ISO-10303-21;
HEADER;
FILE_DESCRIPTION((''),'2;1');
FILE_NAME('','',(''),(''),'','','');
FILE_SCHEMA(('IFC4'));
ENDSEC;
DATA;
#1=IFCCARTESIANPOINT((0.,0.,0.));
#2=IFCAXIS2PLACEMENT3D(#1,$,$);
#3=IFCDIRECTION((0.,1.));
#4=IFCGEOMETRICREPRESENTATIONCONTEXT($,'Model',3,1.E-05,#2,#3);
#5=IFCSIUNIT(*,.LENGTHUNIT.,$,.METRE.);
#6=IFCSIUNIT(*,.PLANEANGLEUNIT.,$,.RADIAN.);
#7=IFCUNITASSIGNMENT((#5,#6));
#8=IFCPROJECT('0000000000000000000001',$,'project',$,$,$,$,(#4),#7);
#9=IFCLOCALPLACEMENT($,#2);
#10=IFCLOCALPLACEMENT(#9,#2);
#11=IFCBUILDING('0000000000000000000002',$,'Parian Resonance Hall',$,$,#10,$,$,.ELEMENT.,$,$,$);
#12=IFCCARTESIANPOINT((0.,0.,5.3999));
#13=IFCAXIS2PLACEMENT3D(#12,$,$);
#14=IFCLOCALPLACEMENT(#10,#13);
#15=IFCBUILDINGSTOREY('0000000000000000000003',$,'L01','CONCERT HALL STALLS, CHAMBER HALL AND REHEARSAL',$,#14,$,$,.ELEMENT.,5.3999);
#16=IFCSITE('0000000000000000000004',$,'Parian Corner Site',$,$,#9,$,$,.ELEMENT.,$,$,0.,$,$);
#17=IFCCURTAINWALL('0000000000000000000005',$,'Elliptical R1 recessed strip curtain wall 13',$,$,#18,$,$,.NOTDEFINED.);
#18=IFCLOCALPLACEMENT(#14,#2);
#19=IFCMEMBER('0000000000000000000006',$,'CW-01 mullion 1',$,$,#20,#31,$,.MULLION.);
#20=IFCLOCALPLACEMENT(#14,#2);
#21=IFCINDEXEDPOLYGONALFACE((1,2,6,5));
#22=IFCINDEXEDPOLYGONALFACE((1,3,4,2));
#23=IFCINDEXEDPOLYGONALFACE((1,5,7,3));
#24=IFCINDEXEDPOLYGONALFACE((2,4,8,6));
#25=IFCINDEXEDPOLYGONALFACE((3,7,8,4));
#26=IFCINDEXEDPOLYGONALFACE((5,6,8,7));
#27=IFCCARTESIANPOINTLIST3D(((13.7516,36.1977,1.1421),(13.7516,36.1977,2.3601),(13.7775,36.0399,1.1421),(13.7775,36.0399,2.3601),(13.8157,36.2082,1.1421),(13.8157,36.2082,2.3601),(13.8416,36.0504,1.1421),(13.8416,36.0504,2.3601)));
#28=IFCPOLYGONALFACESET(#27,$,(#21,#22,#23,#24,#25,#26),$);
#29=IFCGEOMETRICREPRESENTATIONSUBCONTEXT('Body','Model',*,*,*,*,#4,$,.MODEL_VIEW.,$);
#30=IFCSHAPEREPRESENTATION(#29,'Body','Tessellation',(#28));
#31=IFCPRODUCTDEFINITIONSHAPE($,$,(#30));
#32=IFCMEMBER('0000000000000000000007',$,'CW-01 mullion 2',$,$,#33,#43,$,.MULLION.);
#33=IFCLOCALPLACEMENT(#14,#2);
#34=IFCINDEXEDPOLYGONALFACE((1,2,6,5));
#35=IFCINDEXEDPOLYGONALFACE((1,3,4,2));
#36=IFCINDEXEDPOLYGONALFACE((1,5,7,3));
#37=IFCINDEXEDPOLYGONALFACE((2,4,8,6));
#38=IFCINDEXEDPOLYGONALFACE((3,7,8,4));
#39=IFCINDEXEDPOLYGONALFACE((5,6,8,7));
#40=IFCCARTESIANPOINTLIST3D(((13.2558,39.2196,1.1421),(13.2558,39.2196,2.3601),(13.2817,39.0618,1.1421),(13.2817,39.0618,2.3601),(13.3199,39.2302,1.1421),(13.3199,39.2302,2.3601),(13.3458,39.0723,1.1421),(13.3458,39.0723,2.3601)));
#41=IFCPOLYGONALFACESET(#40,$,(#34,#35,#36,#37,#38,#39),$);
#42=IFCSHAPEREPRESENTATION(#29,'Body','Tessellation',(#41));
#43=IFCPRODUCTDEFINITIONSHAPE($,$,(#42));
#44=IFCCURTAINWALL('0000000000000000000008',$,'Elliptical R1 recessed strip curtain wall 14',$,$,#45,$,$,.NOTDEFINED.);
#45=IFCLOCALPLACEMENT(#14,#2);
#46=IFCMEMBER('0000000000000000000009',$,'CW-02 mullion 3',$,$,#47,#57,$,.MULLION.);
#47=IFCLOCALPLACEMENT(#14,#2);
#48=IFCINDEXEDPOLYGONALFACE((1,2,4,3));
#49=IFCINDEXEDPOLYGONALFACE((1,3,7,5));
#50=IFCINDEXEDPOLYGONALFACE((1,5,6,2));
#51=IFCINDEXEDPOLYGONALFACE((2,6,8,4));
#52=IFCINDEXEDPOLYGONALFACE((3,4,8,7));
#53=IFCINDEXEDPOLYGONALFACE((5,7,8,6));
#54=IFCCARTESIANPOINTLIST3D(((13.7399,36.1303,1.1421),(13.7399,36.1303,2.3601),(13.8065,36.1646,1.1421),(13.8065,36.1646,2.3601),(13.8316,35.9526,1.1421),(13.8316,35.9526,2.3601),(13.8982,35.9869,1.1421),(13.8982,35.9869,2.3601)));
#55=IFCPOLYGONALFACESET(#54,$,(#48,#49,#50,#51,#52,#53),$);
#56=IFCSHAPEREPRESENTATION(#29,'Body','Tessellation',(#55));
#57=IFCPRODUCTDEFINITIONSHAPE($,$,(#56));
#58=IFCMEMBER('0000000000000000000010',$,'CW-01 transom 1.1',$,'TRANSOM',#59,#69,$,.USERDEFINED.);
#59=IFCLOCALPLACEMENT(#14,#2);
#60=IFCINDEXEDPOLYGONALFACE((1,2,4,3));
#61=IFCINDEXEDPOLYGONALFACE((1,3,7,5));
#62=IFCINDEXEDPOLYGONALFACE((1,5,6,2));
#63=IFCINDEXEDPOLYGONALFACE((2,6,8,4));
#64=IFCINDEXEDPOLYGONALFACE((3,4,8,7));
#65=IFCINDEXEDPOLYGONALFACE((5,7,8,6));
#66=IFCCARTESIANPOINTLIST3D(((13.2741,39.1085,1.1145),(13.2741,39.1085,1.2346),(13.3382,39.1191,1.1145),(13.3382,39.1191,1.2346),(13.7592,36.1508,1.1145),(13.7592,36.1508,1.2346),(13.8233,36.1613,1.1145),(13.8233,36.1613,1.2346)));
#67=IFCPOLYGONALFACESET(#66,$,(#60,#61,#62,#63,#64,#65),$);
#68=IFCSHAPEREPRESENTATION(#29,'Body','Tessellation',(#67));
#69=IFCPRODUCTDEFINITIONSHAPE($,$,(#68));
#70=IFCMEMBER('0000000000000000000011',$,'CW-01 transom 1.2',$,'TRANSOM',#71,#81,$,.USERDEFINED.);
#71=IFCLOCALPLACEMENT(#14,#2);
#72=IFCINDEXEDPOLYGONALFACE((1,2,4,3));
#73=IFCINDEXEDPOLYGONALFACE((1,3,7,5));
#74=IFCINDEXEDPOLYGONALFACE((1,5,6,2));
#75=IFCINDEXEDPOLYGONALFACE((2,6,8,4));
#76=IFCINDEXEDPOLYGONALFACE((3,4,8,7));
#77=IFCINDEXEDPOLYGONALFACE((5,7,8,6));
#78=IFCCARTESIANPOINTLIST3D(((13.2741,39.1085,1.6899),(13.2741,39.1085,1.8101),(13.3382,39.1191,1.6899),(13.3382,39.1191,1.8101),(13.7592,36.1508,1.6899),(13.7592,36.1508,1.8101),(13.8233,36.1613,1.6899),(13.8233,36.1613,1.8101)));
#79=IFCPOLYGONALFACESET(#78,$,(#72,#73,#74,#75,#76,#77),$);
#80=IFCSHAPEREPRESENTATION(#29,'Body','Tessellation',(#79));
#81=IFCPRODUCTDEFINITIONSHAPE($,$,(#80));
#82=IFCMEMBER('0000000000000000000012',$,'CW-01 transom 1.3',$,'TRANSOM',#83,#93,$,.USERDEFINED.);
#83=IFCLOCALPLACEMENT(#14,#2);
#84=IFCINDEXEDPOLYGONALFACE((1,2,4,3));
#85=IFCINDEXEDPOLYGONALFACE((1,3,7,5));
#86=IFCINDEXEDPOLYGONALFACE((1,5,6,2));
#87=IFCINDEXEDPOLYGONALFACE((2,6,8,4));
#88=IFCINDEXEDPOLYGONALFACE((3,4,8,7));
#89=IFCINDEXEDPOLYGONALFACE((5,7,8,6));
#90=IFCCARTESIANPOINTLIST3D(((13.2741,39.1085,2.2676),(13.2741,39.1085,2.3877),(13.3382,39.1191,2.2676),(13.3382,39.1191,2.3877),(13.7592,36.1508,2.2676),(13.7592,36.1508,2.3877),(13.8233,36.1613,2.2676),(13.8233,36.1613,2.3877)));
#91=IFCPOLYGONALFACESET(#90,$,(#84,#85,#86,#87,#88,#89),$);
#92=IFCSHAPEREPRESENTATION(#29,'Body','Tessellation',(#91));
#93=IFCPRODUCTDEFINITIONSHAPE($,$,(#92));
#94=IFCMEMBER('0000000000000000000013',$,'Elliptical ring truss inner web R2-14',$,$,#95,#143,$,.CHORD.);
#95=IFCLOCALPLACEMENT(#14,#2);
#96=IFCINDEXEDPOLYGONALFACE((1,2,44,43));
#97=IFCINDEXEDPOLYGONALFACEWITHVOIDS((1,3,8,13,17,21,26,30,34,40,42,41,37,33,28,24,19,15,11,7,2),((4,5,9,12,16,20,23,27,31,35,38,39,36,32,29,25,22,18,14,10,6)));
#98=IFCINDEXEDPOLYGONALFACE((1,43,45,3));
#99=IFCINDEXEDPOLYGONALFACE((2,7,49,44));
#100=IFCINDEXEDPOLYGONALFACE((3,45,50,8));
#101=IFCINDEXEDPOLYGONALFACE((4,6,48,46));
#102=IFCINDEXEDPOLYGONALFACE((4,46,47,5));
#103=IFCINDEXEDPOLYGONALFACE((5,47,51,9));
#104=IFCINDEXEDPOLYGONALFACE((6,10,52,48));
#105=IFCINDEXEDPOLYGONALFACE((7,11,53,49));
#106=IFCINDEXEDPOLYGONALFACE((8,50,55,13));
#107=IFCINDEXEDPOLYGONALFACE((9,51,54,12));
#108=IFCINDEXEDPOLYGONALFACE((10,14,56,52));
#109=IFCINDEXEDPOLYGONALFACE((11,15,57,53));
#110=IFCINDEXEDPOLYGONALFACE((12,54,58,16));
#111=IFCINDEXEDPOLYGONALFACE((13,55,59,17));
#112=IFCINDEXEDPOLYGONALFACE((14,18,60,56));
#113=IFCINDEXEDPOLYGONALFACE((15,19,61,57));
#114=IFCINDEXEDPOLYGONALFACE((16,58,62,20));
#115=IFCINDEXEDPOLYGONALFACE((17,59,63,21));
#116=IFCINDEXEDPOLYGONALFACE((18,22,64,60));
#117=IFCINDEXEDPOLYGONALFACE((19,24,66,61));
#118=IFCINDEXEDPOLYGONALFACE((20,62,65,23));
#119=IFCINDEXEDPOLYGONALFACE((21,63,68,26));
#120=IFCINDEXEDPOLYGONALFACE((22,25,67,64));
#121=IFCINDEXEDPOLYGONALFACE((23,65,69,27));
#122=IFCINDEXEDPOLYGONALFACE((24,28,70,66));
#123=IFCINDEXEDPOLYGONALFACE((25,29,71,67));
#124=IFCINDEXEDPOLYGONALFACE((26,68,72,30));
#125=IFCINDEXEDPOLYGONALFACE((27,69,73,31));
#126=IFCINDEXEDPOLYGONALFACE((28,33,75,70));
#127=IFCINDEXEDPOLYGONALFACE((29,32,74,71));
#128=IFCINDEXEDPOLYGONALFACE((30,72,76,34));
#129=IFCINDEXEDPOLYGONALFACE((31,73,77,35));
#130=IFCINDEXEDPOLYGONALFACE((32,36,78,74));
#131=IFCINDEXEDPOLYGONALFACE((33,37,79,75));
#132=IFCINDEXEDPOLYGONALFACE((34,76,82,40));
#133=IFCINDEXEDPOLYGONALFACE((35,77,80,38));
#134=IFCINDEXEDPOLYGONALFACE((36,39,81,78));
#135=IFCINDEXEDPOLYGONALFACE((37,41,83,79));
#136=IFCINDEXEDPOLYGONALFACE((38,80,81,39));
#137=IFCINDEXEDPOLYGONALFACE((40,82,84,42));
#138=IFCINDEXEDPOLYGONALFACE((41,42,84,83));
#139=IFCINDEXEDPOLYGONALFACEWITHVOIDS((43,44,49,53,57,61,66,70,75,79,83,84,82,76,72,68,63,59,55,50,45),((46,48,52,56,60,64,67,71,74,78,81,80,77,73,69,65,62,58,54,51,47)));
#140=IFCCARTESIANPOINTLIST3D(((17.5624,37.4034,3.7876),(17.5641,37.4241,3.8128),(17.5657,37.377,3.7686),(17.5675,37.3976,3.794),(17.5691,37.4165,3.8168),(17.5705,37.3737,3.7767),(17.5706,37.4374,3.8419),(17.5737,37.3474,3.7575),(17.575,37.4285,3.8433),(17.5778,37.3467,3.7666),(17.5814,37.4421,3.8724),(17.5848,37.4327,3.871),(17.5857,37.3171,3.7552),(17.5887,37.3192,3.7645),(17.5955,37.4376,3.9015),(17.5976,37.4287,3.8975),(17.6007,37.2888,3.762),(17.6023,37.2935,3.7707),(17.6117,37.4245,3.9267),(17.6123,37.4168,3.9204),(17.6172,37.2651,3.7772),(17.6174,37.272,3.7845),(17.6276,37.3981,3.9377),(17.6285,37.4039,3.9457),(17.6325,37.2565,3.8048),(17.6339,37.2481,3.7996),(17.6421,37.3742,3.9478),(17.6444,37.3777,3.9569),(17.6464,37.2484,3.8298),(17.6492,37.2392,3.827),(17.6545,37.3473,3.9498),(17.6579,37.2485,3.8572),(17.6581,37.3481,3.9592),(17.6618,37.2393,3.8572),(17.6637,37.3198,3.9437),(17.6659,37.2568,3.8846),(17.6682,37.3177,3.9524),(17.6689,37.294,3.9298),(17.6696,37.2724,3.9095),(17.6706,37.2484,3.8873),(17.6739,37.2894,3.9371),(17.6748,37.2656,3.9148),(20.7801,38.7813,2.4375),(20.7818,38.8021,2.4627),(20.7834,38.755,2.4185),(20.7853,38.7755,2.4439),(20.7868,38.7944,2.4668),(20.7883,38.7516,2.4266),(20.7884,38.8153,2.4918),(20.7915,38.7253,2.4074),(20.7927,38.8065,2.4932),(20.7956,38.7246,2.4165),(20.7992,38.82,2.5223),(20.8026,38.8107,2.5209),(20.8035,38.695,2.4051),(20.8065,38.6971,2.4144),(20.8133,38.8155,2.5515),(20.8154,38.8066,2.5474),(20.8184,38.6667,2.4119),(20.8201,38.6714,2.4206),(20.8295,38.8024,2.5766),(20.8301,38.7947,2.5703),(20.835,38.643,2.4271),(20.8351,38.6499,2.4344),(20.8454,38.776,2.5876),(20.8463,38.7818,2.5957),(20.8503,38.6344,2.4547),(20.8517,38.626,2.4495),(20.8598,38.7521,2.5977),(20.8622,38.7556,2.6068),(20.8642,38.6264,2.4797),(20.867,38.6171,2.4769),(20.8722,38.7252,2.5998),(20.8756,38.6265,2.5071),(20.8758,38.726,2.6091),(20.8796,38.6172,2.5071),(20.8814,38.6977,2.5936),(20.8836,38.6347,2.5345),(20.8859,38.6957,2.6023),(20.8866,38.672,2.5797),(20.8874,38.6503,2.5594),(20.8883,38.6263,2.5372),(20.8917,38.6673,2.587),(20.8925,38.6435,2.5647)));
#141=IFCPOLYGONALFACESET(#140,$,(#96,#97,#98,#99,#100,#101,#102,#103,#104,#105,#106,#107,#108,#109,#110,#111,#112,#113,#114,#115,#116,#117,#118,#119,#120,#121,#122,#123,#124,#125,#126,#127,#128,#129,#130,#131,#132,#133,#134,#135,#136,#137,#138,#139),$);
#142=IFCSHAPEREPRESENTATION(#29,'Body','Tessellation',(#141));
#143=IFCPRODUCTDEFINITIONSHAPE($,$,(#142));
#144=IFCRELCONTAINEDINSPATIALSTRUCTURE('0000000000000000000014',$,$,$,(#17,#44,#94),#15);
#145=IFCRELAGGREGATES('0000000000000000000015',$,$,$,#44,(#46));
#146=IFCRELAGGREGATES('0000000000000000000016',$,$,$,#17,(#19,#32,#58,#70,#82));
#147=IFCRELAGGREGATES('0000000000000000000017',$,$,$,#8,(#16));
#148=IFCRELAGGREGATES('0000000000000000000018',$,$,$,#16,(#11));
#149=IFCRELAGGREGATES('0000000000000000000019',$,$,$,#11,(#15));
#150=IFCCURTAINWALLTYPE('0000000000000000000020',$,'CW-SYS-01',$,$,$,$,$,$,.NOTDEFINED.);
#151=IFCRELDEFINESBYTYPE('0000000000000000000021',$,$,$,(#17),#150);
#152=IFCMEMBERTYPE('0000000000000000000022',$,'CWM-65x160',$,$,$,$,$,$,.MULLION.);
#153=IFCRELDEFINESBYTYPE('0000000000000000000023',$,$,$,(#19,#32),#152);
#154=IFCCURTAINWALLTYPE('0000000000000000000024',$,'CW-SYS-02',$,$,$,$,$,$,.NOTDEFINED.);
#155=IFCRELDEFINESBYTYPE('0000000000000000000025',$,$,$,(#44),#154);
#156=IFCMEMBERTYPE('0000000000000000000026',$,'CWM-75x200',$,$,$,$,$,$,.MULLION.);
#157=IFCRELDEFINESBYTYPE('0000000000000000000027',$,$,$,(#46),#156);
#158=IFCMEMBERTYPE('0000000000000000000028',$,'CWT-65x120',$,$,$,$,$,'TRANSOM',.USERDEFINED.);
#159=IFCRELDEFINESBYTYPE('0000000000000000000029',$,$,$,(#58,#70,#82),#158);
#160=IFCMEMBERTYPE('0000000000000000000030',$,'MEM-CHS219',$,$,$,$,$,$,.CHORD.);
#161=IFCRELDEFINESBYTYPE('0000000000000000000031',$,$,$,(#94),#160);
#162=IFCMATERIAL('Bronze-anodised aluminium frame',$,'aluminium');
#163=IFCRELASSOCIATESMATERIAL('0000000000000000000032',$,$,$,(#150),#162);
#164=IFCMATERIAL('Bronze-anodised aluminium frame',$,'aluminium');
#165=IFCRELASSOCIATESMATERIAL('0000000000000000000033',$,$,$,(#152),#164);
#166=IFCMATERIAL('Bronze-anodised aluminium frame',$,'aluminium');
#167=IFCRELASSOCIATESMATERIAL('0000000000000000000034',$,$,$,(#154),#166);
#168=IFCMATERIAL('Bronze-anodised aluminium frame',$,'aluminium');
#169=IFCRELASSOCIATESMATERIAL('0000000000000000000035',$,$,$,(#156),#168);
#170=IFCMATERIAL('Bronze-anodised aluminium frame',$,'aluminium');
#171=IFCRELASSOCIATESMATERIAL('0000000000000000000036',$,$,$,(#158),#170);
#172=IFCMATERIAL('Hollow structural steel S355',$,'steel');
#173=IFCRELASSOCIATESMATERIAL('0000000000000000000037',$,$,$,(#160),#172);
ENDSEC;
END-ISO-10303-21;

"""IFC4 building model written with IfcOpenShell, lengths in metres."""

from ifc_helpers import new_model, si_unit, direction, frame, origin, origin_2d, place, context, subcontext, project, spatial, rectangle, hollow_circle, extrude, material, material_profile, profile_set, type_object, element, aggregate, save


model = new_model("IFC4")

# Units and contexts
model_context = context("Model", 3, precision=1e-05, world=origin(), true_north=direction((0.0, 1.0)))
body_context = subcontext(model_context, "Body", "Model", "MODEL_VIEW")
ifc_project = project(units=[si_unit("LENGTHUNIT", "METRE"), si_unit("PLANEANGLEUNIT", "RADIAN")], contexts=[model_context])

# Site, building, storey
site_placement = place(None, origin())
site = spatial("IfcSite", under=ifc_project, at=site_placement, Name="Parian Corner Site", CompositionType="ELEMENT", RefElevation=0.0)
building_placement = place(site_placement, origin())
building = spatial("IfcBuilding", under=site, at=building_placement, Name="Parian Resonance Hall", CompositionType="ELEMENT")
storey_placement = place(building_placement, frame((0.0, 0.0, 5.3999)))
storey = spatial("IfcBuildingStorey", under=building, at=storey_placement, Name="L01", Description="CONCERT HALL STALLS, CHAMBER HALL AND REHEARSAL", CompositionType="ELEMENT", Elevation=5.3999)

# Curtain wall, members
ifc_material_1 = material(Name="Bronze-anodised aluminium frame", Category="aluminium")
curtain_wall_type_1 = type_object("IfcCurtainWallType", Name="CW-SYS-01", PredefinedType="NOTDEFINED", material=ifc_material_1)
curtain_wall_1_placement = place(storey_placement, origin())
curtain_wall_1 = element("IfcCurtainWall", 1, at=curtain_wall_1_placement, inside=storey, type_object=curtain_wall_type_1, Name="Elliptical R1 recessed strip curtain wall 13", PredefinedType="NOTDEFINED")
ifc_material_2 = material(Name="Bronze-anodised aluminium frame", Category="aluminium")
ifc_material_profile_1 = material_profile(ifc_material_2, rectangle(XDim=0.0649, YDim=0.1599, at=origin_2d()), Name="CWM-65x160")
ifc_profile_set_1 = profile_set([ifc_material_profile_1], Name="Bronze-anodised aluminium frame")
member_type_1 = type_object("IfcMemberType", Name="CWM-65x160", PredefinedType="MULLION", material=ifc_profile_set_1)
member_1_placement = place(storey_placement, frame((13.7966, 36.124, 1.1421), z_axis=(0.0, 0.0, 1.0), x_axis=(-0.986815, -0.161849, 0.0)))
member_1 = element("IfcMember", 2, at=member_1_placement, type_object=member_type_1, Name="CW-01 mullion 1", PredefinedType="MULLION", context=body_context, shape_type="SweptSolid", body=[
    extrude(rectangle(XDim=0.0649, YDim=0.1599, at=origin_2d()), origin(), (0.0, 0.0, 1.0), 1.218),
])
member_2_placement = place(storey_placement, frame((13.3008, 39.146, 1.1421), z_axis=(0.0, 0.0, 1.0), x_axis=(-0.986815, -0.161849, 0.0)))
member_2 = element("IfcMember", 3, at=member_2_placement, type_object=member_type_1, Name="CW-01 mullion 2", PredefinedType="MULLION", context=body_context, shape_type="SweptSolid", body=[
    extrude(rectangle(XDim=0.0649, YDim=0.1599, at=origin_2d()), origin(), (0.0, 0.0, 1.0), 1.218),
])

# Curtain wall, member
ifc_material_3 = material(Name="Bronze-anodised aluminium frame", Category="aluminium")
curtain_wall_type_2 = type_object("IfcCurtainWallType", Name="CW-SYS-02", PredefinedType="NOTDEFINED", material=ifc_material_3)
curtain_wall_2_placement = place(storey_placement, origin())
curtain_wall_2 = element("IfcCurtainWall", 4, at=curtain_wall_2_placement, inside=storey, type_object=curtain_wall_type_2, Name="Elliptical R1 recessed strip curtain wall 14", PredefinedType="NOTDEFINED")
ifc_material_4 = material(Name="Bronze-anodised aluminium frame", Category="aluminium")
ifc_material_profile_2 = material_profile(ifc_material_4, rectangle(XDim=0.075, YDim=0.2, at=origin_2d()), Name="CWM-75x200")
ifc_profile_set_2 = profile_set([ifc_material_profile_2], Name="Bronze-anodised aluminium frame")
member_type_2 = type_object("IfcMemberType", Name="CWM-75x200", PredefinedType="MULLION", material=ifc_profile_set_2)
member_3_placement = place(storey_placement, frame((13.8191, 36.0586, 1.1421), z_axis=(0.0, 0.0, 1.0), x_axis=(-0.888662, -0.458562, 0.0)))
member_3 = element("IfcMember", 5, at=member_3_placement, type_object=member_type_2, Name="CW-02 mullion 3", PredefinedType="MULLION", context=body_context, shape_type="SweptSolid", body=[
    extrude(rectangle(XDim=0.075, YDim=0.2, at=origin_2d()), origin(), (0.0, 0.0, 1.0), 1.218),
])
aggregate(curtain_wall_2, [member_3])

# Members
ifc_material_5 = material(Name="Bronze-anodised aluminium frame", Category="aluminium")
ifc_material_profile_3 = material_profile(ifc_material_5, rectangle(XDim=0.0649, YDim=0.1201, at=origin_2d()), Name="CWT-65x120")
ifc_profile_set_3 = profile_set([ifc_material_profile_3], Name="Bronze-anodised aluminium frame")
member_type_3 = type_object("IfcMemberType", Name="CWT-65x120", ElementType="TRANSOM", PredefinedType="USERDEFINED", material=ifc_profile_set_3)
member_4_placement = place(storey_placement, frame((13.7913, 36.156, 1.1746), z_axis=(-0.161849, 0.986816, 0.0), x_axis=(-0.986816, -0.161849, 0.0)))
member_4 = element("IfcMember", 6, at=member_4_placement, type_object=member_type_3, Name="CW-01 transom 1.1", ObjectType="TRANSOM", PredefinedType="USERDEFINED", context=body_context, shape_type="SweptSolid", body=[
    extrude(rectangle(XDim=0.0649, YDim=0.1201, at=origin_2d()), origin(), (0.0, 0.0, 1.0), 2.9973),
])
member_5_placement = place(storey_placement, frame((13.7913, 36.156, 1.75), z_axis=(-0.161849, 0.986816, 0.0), x_axis=(-0.986816, -0.161849, 0.0)))
member_5 = element("IfcMember", 7, at=member_5_placement, type_object=member_type_3, Name="CW-01 transom 1.2", ObjectType="TRANSOM", PredefinedType="USERDEFINED", context=body_context, shape_type="SweptSolid", body=[
    extrude(rectangle(XDim=0.0649, YDim=0.1201, at=origin_2d()), origin(), (0.0, 0.0, 1.0), 2.9973),
])
member_6_placement = place(storey_placement, frame((13.7913, 36.156, 2.3276), z_axis=(-0.161849, 0.986816, 0.0), x_axis=(-0.986816, -0.161849, 0.0)))
member_6 = element("IfcMember", 8, at=member_6_placement, type_object=member_type_3, Name="CW-01 transom 1.3", ObjectType="TRANSOM", PredefinedType="USERDEFINED", context=body_context, shape_type="SweptSolid", body=[
    extrude(rectangle(XDim=0.0649, YDim=0.1201, at=origin_2d()), origin(), (0.0, 0.0, 1.0), 2.9973),
])

# Member
ifc_material_6 = material(Name="Hollow structural steel S355", Category="steel")
ifc_material_profile_4 = material_profile(ifc_material_6, hollow_circle(Radius=0.1096, WallThickness=0.01, at=origin_2d()), Name="CHS219.1x10")
ifc_profile_set_4 = profile_set([ifc_material_profile_4], Name="Hollow structural steel S355")
member_type_4 = type_object("IfcMemberType", Name="MEM-CHS219", PredefinedType="CHORD", material=ifc_profile_set_4)
member_7_placement = place(storey_placement, frame((20.8364, 38.718, 2.5071), z_axis=(-0.857676, -0.367278, 0.359859), x_axis=(0.39365, -0.91926, 0.0)))
element("IfcMember", 9, at=member_7_placement, inside=storey, type_object=member_type_4, Name="Elliptical ring truss inner web R2-14", PredefinedType="CHORD", context=body_context, shape_type="SweptSolid", body=[
    extrude(hollow_circle(Radius=0.1096, WallThickness=0.01, at=origin_2d()), origin(), (0.0, 0.0, 1.0), 3.7517),
])

aggregate(curtain_wall_1, [member_1, member_2, member_4, member_5, member_6])

save(model, "model.ifc")
